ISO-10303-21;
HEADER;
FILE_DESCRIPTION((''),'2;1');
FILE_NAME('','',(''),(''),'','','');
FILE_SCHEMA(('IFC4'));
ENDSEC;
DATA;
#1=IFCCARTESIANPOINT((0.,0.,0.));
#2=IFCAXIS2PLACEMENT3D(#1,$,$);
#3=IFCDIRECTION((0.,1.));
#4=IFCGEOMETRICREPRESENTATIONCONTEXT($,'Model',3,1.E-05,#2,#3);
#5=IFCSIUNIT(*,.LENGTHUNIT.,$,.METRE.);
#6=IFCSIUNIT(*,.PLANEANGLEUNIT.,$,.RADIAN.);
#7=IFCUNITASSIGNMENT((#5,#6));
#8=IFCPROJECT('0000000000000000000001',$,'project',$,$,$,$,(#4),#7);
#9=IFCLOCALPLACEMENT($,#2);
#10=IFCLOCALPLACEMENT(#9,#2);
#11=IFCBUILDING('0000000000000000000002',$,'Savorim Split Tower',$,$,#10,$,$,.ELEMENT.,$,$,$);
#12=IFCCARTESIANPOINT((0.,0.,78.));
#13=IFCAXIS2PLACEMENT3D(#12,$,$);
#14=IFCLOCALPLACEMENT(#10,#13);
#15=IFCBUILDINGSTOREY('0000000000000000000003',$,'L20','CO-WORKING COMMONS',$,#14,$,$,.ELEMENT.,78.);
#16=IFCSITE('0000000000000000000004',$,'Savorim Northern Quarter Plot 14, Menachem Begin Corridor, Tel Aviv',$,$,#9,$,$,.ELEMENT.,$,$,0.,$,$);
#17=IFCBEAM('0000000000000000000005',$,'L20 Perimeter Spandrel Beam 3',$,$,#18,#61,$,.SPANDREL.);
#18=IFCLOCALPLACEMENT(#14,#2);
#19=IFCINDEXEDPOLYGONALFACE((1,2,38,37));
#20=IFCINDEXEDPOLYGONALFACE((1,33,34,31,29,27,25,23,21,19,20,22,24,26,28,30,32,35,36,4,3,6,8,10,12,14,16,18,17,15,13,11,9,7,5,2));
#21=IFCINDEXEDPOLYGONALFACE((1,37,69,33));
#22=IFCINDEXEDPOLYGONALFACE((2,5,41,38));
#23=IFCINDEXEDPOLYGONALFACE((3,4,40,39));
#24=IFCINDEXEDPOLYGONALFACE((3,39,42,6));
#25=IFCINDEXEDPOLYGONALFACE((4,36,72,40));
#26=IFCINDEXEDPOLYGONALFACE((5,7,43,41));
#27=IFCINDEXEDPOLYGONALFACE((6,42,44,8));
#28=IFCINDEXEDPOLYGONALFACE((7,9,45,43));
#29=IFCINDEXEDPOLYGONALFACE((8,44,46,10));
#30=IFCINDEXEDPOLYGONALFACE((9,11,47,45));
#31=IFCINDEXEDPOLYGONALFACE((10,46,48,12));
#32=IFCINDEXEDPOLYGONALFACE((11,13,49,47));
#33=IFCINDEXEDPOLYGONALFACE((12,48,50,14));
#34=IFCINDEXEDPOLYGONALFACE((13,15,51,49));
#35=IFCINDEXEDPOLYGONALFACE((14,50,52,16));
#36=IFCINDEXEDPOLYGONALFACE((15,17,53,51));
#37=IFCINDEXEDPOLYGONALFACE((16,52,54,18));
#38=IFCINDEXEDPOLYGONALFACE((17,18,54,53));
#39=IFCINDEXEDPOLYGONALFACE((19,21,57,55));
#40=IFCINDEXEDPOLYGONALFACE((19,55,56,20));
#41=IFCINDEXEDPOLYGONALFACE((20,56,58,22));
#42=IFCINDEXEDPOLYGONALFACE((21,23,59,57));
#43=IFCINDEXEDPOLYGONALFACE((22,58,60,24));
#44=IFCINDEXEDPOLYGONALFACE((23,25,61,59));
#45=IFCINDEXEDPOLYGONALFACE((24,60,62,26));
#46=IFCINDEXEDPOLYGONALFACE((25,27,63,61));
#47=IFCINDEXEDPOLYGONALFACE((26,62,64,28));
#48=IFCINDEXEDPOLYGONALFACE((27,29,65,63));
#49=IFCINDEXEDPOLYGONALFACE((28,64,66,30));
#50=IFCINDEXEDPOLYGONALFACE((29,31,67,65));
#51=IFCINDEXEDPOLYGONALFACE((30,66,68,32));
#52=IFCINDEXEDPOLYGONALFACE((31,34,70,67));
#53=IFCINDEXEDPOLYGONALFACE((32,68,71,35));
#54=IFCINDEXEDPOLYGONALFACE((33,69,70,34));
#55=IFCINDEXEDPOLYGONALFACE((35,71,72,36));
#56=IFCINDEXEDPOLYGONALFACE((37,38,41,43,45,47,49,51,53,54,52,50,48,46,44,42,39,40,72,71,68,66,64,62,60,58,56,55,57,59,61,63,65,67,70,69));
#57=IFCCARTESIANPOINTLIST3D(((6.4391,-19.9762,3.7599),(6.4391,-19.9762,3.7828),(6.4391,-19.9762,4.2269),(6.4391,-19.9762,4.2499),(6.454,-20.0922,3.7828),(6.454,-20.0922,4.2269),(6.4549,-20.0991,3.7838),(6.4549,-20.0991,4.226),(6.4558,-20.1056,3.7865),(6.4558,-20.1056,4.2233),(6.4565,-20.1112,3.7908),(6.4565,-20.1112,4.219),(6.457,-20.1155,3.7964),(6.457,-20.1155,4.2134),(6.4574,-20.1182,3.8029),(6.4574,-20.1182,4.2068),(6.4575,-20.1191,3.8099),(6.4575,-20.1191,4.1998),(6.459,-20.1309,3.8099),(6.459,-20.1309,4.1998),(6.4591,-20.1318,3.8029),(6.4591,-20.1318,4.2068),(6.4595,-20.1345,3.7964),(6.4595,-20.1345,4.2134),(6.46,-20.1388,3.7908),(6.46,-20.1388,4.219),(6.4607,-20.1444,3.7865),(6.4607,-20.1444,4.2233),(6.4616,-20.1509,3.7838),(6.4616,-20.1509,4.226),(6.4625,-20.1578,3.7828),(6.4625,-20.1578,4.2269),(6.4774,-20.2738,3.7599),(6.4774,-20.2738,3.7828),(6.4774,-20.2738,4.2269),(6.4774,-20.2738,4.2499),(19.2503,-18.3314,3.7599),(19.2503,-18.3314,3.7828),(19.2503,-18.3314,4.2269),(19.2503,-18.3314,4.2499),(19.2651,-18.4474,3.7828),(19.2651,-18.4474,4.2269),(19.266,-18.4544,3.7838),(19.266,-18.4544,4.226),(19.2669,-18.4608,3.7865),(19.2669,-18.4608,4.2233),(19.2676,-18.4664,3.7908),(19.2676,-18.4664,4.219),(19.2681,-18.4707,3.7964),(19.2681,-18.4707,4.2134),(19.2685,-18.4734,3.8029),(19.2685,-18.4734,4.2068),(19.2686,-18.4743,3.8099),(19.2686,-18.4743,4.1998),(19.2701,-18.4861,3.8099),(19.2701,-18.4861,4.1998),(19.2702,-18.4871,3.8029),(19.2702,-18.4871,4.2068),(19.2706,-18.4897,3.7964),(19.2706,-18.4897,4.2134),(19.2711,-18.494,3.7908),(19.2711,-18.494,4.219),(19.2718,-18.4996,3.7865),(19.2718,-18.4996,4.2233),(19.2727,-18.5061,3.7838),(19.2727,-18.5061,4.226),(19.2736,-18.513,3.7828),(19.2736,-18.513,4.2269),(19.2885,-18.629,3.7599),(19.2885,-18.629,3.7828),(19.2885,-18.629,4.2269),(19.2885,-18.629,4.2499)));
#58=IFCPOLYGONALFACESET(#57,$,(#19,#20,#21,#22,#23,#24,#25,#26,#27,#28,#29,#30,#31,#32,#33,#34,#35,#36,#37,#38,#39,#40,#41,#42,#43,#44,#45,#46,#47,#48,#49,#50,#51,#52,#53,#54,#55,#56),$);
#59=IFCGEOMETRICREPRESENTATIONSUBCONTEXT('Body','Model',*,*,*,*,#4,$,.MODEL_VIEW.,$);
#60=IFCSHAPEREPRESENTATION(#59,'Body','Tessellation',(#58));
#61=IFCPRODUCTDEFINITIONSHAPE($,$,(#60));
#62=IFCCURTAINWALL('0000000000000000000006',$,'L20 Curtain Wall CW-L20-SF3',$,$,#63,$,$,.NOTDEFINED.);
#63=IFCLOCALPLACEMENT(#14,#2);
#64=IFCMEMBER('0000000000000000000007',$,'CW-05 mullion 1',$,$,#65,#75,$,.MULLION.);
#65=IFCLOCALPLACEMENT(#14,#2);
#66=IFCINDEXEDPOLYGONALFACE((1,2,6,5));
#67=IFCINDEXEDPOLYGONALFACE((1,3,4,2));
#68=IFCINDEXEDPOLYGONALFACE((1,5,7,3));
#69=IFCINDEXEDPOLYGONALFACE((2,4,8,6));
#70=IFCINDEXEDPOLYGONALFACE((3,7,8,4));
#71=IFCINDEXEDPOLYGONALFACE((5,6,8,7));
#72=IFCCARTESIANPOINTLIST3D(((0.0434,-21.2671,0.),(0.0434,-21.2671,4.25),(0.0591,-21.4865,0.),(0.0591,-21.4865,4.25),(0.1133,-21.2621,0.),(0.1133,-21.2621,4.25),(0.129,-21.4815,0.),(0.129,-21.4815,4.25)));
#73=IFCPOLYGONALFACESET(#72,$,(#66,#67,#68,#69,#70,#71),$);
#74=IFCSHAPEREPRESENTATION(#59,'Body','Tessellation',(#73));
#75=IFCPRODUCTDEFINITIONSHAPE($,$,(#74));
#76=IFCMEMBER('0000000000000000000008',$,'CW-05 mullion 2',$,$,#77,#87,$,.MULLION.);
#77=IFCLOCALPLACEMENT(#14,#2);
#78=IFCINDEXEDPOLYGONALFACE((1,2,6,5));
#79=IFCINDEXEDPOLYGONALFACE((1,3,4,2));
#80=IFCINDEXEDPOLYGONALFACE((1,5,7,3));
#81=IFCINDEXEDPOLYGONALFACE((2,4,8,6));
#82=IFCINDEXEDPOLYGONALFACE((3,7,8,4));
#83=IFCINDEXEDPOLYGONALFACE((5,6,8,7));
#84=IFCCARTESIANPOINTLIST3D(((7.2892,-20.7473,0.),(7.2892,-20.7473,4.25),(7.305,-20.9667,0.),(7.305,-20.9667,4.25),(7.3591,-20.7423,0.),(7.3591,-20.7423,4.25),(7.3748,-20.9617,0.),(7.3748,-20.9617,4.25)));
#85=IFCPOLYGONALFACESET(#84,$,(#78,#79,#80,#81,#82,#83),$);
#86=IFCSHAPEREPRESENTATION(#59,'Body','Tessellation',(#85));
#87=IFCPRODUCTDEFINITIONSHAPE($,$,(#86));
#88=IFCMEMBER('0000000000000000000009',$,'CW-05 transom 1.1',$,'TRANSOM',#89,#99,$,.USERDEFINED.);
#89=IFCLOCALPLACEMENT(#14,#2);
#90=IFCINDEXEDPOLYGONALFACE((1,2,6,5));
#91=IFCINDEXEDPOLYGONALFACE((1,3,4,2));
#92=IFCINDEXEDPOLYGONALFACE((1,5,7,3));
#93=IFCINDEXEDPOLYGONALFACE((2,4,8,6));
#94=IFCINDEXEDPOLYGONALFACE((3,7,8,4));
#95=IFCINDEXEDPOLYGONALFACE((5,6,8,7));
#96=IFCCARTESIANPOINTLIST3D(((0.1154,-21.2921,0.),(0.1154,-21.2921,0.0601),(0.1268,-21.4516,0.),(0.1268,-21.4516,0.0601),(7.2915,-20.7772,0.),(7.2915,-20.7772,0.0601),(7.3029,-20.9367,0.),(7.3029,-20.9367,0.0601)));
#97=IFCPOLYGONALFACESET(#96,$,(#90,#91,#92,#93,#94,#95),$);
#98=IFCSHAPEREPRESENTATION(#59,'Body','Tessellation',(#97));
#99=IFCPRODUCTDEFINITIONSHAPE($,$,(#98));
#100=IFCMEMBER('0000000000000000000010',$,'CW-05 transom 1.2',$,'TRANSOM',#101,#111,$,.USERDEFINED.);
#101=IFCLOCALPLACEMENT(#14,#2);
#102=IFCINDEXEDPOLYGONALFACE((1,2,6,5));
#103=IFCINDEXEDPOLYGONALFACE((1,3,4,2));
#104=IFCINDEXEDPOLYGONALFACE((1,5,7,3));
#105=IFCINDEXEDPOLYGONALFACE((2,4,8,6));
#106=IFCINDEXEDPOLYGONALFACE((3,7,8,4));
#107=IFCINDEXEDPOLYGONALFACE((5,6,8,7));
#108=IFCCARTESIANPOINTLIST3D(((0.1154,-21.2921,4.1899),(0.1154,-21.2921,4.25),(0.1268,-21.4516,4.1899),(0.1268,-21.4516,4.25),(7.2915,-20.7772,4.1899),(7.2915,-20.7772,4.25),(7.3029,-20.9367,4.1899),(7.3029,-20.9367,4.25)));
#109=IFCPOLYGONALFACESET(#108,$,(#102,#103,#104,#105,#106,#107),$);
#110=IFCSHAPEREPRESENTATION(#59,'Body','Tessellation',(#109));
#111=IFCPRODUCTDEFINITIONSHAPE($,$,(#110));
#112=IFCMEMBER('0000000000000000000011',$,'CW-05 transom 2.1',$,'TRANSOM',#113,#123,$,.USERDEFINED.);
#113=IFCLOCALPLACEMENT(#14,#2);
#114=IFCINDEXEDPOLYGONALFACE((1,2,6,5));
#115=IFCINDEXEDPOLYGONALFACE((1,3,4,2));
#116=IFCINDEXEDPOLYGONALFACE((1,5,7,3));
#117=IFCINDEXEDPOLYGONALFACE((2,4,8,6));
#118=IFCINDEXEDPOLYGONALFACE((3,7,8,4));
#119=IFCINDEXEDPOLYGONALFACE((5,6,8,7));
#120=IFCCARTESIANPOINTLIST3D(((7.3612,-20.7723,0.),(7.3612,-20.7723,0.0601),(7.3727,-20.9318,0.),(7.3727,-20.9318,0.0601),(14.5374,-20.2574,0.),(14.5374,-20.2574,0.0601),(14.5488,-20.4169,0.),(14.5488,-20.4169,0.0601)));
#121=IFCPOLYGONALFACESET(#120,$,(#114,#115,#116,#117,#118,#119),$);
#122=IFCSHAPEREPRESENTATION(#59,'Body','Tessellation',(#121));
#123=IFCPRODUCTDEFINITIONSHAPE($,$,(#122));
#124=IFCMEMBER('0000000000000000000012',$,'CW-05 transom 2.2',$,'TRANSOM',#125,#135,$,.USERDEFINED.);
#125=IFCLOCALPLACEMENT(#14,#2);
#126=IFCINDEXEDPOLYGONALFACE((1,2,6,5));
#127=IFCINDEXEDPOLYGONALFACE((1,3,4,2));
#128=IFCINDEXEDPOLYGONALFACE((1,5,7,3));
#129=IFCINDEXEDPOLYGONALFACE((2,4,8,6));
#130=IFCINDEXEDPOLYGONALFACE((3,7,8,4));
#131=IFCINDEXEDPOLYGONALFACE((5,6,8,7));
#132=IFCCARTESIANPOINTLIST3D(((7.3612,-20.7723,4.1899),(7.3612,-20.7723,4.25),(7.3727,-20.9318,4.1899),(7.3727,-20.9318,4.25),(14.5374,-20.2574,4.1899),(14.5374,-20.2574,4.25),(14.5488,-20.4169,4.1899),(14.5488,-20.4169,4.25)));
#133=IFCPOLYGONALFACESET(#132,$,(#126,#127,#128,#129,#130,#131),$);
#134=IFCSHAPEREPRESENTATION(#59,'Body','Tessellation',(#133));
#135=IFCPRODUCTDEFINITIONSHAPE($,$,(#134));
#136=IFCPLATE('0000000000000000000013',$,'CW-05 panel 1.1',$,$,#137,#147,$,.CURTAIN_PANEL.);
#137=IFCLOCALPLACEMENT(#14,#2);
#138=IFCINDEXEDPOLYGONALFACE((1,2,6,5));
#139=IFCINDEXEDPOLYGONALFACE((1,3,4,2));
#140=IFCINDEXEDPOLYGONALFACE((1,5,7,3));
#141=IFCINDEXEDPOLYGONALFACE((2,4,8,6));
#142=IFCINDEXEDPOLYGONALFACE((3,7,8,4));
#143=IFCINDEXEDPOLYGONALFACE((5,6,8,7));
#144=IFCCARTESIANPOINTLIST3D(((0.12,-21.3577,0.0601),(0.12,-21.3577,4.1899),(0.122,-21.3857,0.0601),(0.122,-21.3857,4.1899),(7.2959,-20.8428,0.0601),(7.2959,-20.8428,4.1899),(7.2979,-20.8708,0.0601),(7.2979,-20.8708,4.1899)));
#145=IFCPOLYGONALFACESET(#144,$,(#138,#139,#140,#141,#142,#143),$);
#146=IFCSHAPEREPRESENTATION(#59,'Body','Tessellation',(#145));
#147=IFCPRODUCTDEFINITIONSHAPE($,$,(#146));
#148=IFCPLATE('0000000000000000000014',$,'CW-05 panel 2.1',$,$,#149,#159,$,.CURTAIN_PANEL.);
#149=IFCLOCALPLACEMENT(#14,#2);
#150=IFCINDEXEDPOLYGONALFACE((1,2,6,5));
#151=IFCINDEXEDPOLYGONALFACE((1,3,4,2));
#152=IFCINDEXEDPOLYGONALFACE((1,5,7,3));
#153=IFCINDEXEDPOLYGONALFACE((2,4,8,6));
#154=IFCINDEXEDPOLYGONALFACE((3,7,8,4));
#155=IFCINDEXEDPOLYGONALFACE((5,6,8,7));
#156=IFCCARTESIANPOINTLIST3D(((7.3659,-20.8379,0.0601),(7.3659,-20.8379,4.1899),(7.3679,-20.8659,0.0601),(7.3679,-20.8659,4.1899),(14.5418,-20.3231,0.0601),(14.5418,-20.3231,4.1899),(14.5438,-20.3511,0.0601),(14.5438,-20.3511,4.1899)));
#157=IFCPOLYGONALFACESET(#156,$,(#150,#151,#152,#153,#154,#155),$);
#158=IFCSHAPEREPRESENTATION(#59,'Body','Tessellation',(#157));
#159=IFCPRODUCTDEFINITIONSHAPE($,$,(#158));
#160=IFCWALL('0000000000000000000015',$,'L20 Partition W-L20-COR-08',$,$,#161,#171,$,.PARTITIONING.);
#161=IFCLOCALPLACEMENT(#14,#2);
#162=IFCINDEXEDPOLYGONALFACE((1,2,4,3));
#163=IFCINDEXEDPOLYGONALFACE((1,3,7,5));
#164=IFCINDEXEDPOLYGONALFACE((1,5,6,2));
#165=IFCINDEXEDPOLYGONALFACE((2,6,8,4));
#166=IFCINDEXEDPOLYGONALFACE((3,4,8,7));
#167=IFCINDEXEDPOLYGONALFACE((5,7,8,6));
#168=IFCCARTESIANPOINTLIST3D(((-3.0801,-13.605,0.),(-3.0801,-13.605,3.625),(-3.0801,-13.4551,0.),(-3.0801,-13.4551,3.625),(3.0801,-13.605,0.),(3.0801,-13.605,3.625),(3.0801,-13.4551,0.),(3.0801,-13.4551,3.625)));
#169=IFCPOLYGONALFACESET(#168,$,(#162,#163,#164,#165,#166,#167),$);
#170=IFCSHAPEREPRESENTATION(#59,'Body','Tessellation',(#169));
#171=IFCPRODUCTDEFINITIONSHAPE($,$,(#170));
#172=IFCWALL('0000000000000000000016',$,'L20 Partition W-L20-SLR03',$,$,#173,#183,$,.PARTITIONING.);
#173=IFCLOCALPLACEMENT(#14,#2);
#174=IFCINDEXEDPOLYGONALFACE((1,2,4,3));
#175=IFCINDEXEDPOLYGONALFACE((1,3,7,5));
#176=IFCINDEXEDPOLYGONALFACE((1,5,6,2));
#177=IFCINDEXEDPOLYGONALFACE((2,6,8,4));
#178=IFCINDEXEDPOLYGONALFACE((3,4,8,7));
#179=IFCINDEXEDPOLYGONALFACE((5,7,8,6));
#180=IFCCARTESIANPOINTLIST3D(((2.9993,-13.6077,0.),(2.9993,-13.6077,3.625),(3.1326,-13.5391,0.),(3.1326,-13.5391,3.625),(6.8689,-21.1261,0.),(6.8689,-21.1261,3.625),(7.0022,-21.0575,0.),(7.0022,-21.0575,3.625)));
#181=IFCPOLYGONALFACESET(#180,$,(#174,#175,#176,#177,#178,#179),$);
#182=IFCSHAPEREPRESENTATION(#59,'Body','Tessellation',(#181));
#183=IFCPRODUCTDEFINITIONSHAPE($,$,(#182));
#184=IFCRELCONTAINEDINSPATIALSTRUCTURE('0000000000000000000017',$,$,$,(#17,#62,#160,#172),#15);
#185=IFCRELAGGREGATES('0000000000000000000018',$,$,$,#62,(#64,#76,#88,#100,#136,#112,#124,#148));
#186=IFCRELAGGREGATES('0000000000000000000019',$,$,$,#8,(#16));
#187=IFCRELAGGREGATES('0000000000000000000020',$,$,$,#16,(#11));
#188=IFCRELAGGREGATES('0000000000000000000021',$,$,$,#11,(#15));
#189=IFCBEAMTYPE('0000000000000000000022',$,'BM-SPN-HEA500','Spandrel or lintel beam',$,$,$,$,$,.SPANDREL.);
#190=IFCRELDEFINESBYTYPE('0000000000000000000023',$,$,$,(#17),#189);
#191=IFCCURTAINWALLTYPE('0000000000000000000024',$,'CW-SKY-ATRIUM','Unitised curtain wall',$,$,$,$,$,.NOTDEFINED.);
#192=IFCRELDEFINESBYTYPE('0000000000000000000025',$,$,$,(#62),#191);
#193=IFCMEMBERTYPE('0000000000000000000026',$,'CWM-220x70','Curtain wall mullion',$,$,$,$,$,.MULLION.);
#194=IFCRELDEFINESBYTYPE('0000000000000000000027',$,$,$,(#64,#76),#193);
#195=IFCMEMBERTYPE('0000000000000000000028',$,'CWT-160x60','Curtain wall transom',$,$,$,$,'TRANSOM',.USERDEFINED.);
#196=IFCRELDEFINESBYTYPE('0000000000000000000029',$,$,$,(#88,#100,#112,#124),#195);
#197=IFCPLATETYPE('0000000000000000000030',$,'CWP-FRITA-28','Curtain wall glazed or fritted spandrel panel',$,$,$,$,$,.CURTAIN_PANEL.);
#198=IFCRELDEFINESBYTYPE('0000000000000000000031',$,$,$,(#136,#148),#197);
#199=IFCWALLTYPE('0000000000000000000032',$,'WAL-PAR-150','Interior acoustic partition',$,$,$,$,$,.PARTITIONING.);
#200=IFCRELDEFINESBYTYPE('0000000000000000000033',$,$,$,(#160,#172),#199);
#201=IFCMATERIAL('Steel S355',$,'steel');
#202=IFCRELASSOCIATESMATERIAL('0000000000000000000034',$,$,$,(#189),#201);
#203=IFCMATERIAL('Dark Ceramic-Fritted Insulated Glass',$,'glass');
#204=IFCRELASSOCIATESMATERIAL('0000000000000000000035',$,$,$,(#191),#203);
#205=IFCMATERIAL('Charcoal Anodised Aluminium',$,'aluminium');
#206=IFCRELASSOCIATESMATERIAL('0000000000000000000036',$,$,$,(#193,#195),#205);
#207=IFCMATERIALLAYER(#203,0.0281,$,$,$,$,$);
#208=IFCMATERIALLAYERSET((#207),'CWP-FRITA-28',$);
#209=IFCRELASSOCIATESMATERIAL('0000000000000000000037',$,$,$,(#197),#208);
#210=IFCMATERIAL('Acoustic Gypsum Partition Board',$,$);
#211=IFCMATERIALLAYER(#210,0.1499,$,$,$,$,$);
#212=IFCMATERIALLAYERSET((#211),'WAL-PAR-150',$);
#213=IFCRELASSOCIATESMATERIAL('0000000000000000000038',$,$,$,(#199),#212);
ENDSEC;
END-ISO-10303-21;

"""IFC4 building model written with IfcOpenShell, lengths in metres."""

from ifc_helpers import new_model, si_unit, direction, frame, frame_2d, origin, origin_2d, place, context, subcontext, project, spatial, rectangle, i_section, extrude, material, layer, layer_set, material_profile, profile_set, type_object, element, aggregate, save


model = new_model("IFC4")

# Units and contexts
model_context = context("Model", 3, precision=1e-05, world=origin(), true_north=direction((0.0, 1.0)))
body_context = subcontext(model_context, "Body", "Model", "MODEL_VIEW")
ifc_project = project(units=[si_unit("LENGTHUNIT", "METRE"), si_unit("PLANEANGLEUNIT", "RADIAN")], contexts=[model_context])

# Site, building, storey
site_placement = place(None, origin())
site = spatial("IfcSite", under=ifc_project, at=site_placement, Name="Savorim Northern Quarter Plot 14, Menachem Begin Corridor, Tel Aviv", CompositionType="ELEMENT", RefElevation=0.0)
building_placement = place(site_placement, origin())
building = spatial("IfcBuilding", under=site, at=building_placement, Name="Savorim Split Tower", CompositionType="ELEMENT")
storey_placement = place(building_placement, frame((0.0, 0.0, 78.0)))
storey = spatial("IfcBuildingStorey", under=building, at=storey_placement, Name="L20", Description="CO-WORKING COMMONS", CompositionType="ELEMENT", Elevation=78.0)

# Beam
ifc_material_1 = material(Name="Steel S355", Category="steel")
ifc_material_profile_1 = material_profile(ifc_material_1, i_section(OverallWidth=0.3, OverallDepth=0.49, WebThickness=0.012, FlangeThickness=0.0229, FilletRadius=0.0271, at=origin_2d()), Name="HEA 500")
ifc_profile_set_1 = profile_set([ifc_material_profile_1], Name="Steel S355")
beam_type_1 = type_object("IfcBeamType", Name="BM-SPN-HEA500", Description="Spandrel or lintel beam", PredefinedType="SPANDREL", material=ifc_profile_set_1)
beam_1_placement = place(storey_placement, frame((6.4583, -20.125, 4.0049), z_axis=(0.991859, 0.127342, 0.0), x_axis=(-0.127342, 0.991859, 0.0)))
element("IfcBeam", 1, at=beam_1_placement, inside=storey, type_object=beam_type_1, Name="L20 Perimeter Spandrel Beam 3", PredefinedType="SPANDREL", context=body_context, shape_type="SweptSolid", body=[
    extrude(i_section(OverallWidth=0.3, OverallDepth=0.49, WebThickness=0.012, FlangeThickness=0.0229, FilletRadius=0.0271, at=origin_2d()), origin(), (0.0, 0.0, 1.0), 12.9163),
])

# Curtain wall, members, plates
ifc_material_2 = material(Name="Dark Ceramic-Fritted Insulated Glass", Category="glass")
curtain_wall_type = type_object("IfcCurtainWallType", Name="CW-SKY-ATRIUM", Description="Unitised curtain wall", PredefinedType="NOTDEFINED", material=ifc_material_2)
curtain_wall_placement = place(storey_placement, origin())
curtain_wall = element("IfcCurtainWall", 2, at=curtain_wall_placement, inside=storey, type_object=curtain_wall_type, Name="L20 Curtain Wall CW-L20-SF3", PredefinedType="NOTDEFINED")
ifc_material_3 = material(Name="Charcoal Anodised Aluminium", Category="aluminium")
ifc_material_profile_2 = material_profile(ifc_material_3, rectangle(XDim=0.22, YDim=0.0701, at=origin_2d()), Name="ALU-M 220x70")
ifc_profile_set_2 = profile_set([ifc_material_profile_2], Name="Charcoal Anodised Aluminium")
member_type_1 = type_object("IfcMemberType", Name="CWM-220x70", Description="Curtain wall mullion", PredefinedType="MULLION", material=ifc_profile_set_2)
member_1_placement = place(storey_placement, frame((0.0862, -21.3743, 0.0), z_axis=(0.0, 0.0, 1.0), x_axis=(-0.071561, 0.997436, 0.0)))
member_1 = element("IfcMember", 3, at=member_1_placement, type_object=member_type_1, Name="CW-05 mullion 1", PredefinedType="MULLION", context=body_context, shape_type="SweptSolid", body=[
    extrude(rectangle(XDim=0.22, YDim=0.0701, at=origin_2d()), origin(), (0.0, 0.0, 1.0), 4.25),
])
member_2_placement = place(storey_placement, frame((7.332, -20.8545, 0.0), z_axis=(0.0, 0.0, 1.0), x_axis=(-0.071561, 0.997436, 0.0)))
member_2 = element("IfcMember", 4, at=member_2_placement, type_object=member_type_1, Name="CW-05 mullion 2", PredefinedType="MULLION", context=body_context, shape_type="SweptSolid", body=[
    extrude(rectangle(XDim=0.22, YDim=0.0701, at=origin_2d()), origin(), (0.0, 0.0, 1.0), 4.25),
])
ifc_material_profile_3 = material_profile(ifc_material_3, rectangle(XDim=0.1599, YDim=0.0601, at=origin_2d()), Name="ALU-T 160x60")
ifc_profile_set_3 = profile_set([ifc_material_profile_3], Name="Charcoal Anodised Aluminium")
member_type_2 = type_object("IfcMemberType", Name="CWT-160x60", Description="Curtain wall transom", ElementType="TRANSOM", PredefinedType="USERDEFINED", material=ifc_profile_set_3)
member_3_placement = place(storey_placement, frame((0.1211, -21.3718, 0.03), z_axis=(0.997436, 0.071568, 0.0), x_axis=(-0.071568, 0.997436, 0.0)))
member_3 = element("IfcMember", 5, at=member_3_placement, type_object=member_type_2, Name="CW-05 transom 1.1", ObjectType="TRANSOM", PredefinedType="USERDEFINED", context=body_context, shape_type="SweptSolid", body=[
    extrude(rectangle(XDim=0.1599, YDim=0.0601, at=origin_2d()), origin(), (0.0, 0.0, 1.0), 7.1946),
])
member_4_placement = place(storey_placement, frame((0.1211, -21.3718, 4.22), z_axis=(0.997436, 0.071568, 0.0), x_axis=(-0.071568, 0.997436, 0.0)))
member_4 = element("IfcMember", 6, at=member_4_placement, type_object=member_type_2, Name="CW-05 transom 1.2", ObjectType="TRANSOM", PredefinedType="USERDEFINED", context=body_context, shape_type="SweptSolid", body=[
    extrude(rectangle(XDim=0.1599, YDim=0.0601, at=origin_2d()), origin(), (0.0, 0.0, 1.0), 7.1946),
])
member_5_placement = place(storey_placement, frame((7.3669, -20.8521, 0.03), z_axis=(0.997436, 0.071568, 0.0), x_axis=(-0.071568, 0.997436, 0.0)))
member_5 = element("IfcMember", 7, at=member_5_placement, type_object=member_type_2, Name="CW-05 transom 2.1", ObjectType="TRANSOM", PredefinedType="USERDEFINED", context=body_context, shape_type="SweptSolid", body=[
    extrude(rectangle(XDim=0.1599, YDim=0.0601, at=origin_2d()), origin(), (0.0, 0.0, 1.0), 7.1946),
])
member_6_placement = place(storey_placement, frame((7.3669, -20.8521, 4.22), z_axis=(0.997436, 0.071568, 0.0), x_axis=(-0.071568, 0.997436, 0.0)))
member_6 = element("IfcMember", 8, at=member_6_placement, type_object=member_type_2, Name="CW-05 transom 2.2", ObjectType="TRANSOM", PredefinedType="USERDEFINED", context=body_context, shape_type="SweptSolid", body=[
    extrude(rectangle(XDim=0.1599, YDim=0.0601, at=origin_2d()), origin(), (0.0, 0.0, 1.0), 7.1946),
])
ifc_layer_1 = layer(ifc_material_2, 0.0281)
ifc_layer_set_1 = layer_set([ifc_layer_1], Name="CWP-FRITA-28")
plate_type = type_object("IfcPlateType", Name="CWP-FRITA-28", Description="Curtain wall glazed or fritted spandrel panel", PredefinedType="CURTAIN_PANEL", material=ifc_layer_set_1)
plate_1_placement = place(storey_placement, frame((3.709, -21.1143, 0.0601), z_axis=(0.0, 0.0, 1.0), x_axis=(0.997436, 0.071561, 0.0)))
plate_1 = element("IfcPlate", 9, at=plate_1_placement, type_object=plate_type, Name="CW-05 panel 1.1", PredefinedType="CURTAIN_PANEL", context=body_context, shape_type="SweptSolid", body=[
    extrude(rectangle(XDim=7.1943, YDim=0.0281, at=origin_2d()), origin(), (0.0, 0.0, 1.0), 4.1299),
])
plate_2_placement = place(storey_placement, frame((10.9548, -20.5945, 0.0601), z_axis=(0.0, 0.0, 1.0), x_axis=(0.997436, 0.071561, 0.0)))
plate_2 = element("IfcPlate", 10, at=plate_2_placement, type_object=plate_type, Name="CW-05 panel 2.1", PredefinedType="CURTAIN_PANEL", context=body_context, shape_type="SweptSolid", body=[
    extrude(rectangle(XDim=7.1943, YDim=0.0281, at=origin_2d()), origin(), (0.0, 0.0, 1.0), 4.1299),
])
aggregate(curtain_wall, [member_1, member_2, member_3, member_4, plate_1, member_5, member_6, plate_2])

# Walls
ifc_material_4 = material(Name="Acoustic Gypsum Partition Board")
ifc_layer_2 = layer(ifc_material_4, 0.1499)
ifc_layer_set_2 = layer_set([ifc_layer_2], Name="WAL-PAR-150")
wall_type = type_object("IfcWallType", Name="WAL-PAR-150", Description="Interior acoustic partition", PredefinedType="PARTITIONING", material=ifc_layer_set_2)
wall_1_placement = place(storey_placement, frame((3.0801, -13.53, 0.0), z_axis=(0.0, 0.0, 1.0), x_axis=(-1.0, 0.0, 0.0)))
element("IfcWall", 11, at=wall_1_placement, inside=storey, type_object=wall_type, Name="L20 Partition W-L20-COR-08", PredefinedType="PARTITIONING", context=body_context, shape_type="SweptSolid", body=[
    extrude(rectangle(XDim=6.1602, YDim=0.1499, at=frame_2d((3.0801, 0.0))), origin(), (0.0, 0.0, 1.0), 3.625),
])
wall_2_placement = place(storey_placement, frame((3.0659, -13.5732, 0.0), z_axis=(0.0, 0.0, 1.0), x_axis=(0.457623, -0.889146, 0.0)))
element("IfcWall", 12, at=wall_2_placement, inside=storey, type_object=wall_type, Name="L20 Partition W-L20-SLR03", PredefinedType="PARTITIONING", context=body_context, shape_type="SweptSolid", body=[
    extrude(rectangle(XDim=8.4558, YDim=0.1499, at=frame_2d((4.228, 0.0))), origin(), (0.0, 0.0, 1.0), 3.625),
])

save(model, "model.ifc")
